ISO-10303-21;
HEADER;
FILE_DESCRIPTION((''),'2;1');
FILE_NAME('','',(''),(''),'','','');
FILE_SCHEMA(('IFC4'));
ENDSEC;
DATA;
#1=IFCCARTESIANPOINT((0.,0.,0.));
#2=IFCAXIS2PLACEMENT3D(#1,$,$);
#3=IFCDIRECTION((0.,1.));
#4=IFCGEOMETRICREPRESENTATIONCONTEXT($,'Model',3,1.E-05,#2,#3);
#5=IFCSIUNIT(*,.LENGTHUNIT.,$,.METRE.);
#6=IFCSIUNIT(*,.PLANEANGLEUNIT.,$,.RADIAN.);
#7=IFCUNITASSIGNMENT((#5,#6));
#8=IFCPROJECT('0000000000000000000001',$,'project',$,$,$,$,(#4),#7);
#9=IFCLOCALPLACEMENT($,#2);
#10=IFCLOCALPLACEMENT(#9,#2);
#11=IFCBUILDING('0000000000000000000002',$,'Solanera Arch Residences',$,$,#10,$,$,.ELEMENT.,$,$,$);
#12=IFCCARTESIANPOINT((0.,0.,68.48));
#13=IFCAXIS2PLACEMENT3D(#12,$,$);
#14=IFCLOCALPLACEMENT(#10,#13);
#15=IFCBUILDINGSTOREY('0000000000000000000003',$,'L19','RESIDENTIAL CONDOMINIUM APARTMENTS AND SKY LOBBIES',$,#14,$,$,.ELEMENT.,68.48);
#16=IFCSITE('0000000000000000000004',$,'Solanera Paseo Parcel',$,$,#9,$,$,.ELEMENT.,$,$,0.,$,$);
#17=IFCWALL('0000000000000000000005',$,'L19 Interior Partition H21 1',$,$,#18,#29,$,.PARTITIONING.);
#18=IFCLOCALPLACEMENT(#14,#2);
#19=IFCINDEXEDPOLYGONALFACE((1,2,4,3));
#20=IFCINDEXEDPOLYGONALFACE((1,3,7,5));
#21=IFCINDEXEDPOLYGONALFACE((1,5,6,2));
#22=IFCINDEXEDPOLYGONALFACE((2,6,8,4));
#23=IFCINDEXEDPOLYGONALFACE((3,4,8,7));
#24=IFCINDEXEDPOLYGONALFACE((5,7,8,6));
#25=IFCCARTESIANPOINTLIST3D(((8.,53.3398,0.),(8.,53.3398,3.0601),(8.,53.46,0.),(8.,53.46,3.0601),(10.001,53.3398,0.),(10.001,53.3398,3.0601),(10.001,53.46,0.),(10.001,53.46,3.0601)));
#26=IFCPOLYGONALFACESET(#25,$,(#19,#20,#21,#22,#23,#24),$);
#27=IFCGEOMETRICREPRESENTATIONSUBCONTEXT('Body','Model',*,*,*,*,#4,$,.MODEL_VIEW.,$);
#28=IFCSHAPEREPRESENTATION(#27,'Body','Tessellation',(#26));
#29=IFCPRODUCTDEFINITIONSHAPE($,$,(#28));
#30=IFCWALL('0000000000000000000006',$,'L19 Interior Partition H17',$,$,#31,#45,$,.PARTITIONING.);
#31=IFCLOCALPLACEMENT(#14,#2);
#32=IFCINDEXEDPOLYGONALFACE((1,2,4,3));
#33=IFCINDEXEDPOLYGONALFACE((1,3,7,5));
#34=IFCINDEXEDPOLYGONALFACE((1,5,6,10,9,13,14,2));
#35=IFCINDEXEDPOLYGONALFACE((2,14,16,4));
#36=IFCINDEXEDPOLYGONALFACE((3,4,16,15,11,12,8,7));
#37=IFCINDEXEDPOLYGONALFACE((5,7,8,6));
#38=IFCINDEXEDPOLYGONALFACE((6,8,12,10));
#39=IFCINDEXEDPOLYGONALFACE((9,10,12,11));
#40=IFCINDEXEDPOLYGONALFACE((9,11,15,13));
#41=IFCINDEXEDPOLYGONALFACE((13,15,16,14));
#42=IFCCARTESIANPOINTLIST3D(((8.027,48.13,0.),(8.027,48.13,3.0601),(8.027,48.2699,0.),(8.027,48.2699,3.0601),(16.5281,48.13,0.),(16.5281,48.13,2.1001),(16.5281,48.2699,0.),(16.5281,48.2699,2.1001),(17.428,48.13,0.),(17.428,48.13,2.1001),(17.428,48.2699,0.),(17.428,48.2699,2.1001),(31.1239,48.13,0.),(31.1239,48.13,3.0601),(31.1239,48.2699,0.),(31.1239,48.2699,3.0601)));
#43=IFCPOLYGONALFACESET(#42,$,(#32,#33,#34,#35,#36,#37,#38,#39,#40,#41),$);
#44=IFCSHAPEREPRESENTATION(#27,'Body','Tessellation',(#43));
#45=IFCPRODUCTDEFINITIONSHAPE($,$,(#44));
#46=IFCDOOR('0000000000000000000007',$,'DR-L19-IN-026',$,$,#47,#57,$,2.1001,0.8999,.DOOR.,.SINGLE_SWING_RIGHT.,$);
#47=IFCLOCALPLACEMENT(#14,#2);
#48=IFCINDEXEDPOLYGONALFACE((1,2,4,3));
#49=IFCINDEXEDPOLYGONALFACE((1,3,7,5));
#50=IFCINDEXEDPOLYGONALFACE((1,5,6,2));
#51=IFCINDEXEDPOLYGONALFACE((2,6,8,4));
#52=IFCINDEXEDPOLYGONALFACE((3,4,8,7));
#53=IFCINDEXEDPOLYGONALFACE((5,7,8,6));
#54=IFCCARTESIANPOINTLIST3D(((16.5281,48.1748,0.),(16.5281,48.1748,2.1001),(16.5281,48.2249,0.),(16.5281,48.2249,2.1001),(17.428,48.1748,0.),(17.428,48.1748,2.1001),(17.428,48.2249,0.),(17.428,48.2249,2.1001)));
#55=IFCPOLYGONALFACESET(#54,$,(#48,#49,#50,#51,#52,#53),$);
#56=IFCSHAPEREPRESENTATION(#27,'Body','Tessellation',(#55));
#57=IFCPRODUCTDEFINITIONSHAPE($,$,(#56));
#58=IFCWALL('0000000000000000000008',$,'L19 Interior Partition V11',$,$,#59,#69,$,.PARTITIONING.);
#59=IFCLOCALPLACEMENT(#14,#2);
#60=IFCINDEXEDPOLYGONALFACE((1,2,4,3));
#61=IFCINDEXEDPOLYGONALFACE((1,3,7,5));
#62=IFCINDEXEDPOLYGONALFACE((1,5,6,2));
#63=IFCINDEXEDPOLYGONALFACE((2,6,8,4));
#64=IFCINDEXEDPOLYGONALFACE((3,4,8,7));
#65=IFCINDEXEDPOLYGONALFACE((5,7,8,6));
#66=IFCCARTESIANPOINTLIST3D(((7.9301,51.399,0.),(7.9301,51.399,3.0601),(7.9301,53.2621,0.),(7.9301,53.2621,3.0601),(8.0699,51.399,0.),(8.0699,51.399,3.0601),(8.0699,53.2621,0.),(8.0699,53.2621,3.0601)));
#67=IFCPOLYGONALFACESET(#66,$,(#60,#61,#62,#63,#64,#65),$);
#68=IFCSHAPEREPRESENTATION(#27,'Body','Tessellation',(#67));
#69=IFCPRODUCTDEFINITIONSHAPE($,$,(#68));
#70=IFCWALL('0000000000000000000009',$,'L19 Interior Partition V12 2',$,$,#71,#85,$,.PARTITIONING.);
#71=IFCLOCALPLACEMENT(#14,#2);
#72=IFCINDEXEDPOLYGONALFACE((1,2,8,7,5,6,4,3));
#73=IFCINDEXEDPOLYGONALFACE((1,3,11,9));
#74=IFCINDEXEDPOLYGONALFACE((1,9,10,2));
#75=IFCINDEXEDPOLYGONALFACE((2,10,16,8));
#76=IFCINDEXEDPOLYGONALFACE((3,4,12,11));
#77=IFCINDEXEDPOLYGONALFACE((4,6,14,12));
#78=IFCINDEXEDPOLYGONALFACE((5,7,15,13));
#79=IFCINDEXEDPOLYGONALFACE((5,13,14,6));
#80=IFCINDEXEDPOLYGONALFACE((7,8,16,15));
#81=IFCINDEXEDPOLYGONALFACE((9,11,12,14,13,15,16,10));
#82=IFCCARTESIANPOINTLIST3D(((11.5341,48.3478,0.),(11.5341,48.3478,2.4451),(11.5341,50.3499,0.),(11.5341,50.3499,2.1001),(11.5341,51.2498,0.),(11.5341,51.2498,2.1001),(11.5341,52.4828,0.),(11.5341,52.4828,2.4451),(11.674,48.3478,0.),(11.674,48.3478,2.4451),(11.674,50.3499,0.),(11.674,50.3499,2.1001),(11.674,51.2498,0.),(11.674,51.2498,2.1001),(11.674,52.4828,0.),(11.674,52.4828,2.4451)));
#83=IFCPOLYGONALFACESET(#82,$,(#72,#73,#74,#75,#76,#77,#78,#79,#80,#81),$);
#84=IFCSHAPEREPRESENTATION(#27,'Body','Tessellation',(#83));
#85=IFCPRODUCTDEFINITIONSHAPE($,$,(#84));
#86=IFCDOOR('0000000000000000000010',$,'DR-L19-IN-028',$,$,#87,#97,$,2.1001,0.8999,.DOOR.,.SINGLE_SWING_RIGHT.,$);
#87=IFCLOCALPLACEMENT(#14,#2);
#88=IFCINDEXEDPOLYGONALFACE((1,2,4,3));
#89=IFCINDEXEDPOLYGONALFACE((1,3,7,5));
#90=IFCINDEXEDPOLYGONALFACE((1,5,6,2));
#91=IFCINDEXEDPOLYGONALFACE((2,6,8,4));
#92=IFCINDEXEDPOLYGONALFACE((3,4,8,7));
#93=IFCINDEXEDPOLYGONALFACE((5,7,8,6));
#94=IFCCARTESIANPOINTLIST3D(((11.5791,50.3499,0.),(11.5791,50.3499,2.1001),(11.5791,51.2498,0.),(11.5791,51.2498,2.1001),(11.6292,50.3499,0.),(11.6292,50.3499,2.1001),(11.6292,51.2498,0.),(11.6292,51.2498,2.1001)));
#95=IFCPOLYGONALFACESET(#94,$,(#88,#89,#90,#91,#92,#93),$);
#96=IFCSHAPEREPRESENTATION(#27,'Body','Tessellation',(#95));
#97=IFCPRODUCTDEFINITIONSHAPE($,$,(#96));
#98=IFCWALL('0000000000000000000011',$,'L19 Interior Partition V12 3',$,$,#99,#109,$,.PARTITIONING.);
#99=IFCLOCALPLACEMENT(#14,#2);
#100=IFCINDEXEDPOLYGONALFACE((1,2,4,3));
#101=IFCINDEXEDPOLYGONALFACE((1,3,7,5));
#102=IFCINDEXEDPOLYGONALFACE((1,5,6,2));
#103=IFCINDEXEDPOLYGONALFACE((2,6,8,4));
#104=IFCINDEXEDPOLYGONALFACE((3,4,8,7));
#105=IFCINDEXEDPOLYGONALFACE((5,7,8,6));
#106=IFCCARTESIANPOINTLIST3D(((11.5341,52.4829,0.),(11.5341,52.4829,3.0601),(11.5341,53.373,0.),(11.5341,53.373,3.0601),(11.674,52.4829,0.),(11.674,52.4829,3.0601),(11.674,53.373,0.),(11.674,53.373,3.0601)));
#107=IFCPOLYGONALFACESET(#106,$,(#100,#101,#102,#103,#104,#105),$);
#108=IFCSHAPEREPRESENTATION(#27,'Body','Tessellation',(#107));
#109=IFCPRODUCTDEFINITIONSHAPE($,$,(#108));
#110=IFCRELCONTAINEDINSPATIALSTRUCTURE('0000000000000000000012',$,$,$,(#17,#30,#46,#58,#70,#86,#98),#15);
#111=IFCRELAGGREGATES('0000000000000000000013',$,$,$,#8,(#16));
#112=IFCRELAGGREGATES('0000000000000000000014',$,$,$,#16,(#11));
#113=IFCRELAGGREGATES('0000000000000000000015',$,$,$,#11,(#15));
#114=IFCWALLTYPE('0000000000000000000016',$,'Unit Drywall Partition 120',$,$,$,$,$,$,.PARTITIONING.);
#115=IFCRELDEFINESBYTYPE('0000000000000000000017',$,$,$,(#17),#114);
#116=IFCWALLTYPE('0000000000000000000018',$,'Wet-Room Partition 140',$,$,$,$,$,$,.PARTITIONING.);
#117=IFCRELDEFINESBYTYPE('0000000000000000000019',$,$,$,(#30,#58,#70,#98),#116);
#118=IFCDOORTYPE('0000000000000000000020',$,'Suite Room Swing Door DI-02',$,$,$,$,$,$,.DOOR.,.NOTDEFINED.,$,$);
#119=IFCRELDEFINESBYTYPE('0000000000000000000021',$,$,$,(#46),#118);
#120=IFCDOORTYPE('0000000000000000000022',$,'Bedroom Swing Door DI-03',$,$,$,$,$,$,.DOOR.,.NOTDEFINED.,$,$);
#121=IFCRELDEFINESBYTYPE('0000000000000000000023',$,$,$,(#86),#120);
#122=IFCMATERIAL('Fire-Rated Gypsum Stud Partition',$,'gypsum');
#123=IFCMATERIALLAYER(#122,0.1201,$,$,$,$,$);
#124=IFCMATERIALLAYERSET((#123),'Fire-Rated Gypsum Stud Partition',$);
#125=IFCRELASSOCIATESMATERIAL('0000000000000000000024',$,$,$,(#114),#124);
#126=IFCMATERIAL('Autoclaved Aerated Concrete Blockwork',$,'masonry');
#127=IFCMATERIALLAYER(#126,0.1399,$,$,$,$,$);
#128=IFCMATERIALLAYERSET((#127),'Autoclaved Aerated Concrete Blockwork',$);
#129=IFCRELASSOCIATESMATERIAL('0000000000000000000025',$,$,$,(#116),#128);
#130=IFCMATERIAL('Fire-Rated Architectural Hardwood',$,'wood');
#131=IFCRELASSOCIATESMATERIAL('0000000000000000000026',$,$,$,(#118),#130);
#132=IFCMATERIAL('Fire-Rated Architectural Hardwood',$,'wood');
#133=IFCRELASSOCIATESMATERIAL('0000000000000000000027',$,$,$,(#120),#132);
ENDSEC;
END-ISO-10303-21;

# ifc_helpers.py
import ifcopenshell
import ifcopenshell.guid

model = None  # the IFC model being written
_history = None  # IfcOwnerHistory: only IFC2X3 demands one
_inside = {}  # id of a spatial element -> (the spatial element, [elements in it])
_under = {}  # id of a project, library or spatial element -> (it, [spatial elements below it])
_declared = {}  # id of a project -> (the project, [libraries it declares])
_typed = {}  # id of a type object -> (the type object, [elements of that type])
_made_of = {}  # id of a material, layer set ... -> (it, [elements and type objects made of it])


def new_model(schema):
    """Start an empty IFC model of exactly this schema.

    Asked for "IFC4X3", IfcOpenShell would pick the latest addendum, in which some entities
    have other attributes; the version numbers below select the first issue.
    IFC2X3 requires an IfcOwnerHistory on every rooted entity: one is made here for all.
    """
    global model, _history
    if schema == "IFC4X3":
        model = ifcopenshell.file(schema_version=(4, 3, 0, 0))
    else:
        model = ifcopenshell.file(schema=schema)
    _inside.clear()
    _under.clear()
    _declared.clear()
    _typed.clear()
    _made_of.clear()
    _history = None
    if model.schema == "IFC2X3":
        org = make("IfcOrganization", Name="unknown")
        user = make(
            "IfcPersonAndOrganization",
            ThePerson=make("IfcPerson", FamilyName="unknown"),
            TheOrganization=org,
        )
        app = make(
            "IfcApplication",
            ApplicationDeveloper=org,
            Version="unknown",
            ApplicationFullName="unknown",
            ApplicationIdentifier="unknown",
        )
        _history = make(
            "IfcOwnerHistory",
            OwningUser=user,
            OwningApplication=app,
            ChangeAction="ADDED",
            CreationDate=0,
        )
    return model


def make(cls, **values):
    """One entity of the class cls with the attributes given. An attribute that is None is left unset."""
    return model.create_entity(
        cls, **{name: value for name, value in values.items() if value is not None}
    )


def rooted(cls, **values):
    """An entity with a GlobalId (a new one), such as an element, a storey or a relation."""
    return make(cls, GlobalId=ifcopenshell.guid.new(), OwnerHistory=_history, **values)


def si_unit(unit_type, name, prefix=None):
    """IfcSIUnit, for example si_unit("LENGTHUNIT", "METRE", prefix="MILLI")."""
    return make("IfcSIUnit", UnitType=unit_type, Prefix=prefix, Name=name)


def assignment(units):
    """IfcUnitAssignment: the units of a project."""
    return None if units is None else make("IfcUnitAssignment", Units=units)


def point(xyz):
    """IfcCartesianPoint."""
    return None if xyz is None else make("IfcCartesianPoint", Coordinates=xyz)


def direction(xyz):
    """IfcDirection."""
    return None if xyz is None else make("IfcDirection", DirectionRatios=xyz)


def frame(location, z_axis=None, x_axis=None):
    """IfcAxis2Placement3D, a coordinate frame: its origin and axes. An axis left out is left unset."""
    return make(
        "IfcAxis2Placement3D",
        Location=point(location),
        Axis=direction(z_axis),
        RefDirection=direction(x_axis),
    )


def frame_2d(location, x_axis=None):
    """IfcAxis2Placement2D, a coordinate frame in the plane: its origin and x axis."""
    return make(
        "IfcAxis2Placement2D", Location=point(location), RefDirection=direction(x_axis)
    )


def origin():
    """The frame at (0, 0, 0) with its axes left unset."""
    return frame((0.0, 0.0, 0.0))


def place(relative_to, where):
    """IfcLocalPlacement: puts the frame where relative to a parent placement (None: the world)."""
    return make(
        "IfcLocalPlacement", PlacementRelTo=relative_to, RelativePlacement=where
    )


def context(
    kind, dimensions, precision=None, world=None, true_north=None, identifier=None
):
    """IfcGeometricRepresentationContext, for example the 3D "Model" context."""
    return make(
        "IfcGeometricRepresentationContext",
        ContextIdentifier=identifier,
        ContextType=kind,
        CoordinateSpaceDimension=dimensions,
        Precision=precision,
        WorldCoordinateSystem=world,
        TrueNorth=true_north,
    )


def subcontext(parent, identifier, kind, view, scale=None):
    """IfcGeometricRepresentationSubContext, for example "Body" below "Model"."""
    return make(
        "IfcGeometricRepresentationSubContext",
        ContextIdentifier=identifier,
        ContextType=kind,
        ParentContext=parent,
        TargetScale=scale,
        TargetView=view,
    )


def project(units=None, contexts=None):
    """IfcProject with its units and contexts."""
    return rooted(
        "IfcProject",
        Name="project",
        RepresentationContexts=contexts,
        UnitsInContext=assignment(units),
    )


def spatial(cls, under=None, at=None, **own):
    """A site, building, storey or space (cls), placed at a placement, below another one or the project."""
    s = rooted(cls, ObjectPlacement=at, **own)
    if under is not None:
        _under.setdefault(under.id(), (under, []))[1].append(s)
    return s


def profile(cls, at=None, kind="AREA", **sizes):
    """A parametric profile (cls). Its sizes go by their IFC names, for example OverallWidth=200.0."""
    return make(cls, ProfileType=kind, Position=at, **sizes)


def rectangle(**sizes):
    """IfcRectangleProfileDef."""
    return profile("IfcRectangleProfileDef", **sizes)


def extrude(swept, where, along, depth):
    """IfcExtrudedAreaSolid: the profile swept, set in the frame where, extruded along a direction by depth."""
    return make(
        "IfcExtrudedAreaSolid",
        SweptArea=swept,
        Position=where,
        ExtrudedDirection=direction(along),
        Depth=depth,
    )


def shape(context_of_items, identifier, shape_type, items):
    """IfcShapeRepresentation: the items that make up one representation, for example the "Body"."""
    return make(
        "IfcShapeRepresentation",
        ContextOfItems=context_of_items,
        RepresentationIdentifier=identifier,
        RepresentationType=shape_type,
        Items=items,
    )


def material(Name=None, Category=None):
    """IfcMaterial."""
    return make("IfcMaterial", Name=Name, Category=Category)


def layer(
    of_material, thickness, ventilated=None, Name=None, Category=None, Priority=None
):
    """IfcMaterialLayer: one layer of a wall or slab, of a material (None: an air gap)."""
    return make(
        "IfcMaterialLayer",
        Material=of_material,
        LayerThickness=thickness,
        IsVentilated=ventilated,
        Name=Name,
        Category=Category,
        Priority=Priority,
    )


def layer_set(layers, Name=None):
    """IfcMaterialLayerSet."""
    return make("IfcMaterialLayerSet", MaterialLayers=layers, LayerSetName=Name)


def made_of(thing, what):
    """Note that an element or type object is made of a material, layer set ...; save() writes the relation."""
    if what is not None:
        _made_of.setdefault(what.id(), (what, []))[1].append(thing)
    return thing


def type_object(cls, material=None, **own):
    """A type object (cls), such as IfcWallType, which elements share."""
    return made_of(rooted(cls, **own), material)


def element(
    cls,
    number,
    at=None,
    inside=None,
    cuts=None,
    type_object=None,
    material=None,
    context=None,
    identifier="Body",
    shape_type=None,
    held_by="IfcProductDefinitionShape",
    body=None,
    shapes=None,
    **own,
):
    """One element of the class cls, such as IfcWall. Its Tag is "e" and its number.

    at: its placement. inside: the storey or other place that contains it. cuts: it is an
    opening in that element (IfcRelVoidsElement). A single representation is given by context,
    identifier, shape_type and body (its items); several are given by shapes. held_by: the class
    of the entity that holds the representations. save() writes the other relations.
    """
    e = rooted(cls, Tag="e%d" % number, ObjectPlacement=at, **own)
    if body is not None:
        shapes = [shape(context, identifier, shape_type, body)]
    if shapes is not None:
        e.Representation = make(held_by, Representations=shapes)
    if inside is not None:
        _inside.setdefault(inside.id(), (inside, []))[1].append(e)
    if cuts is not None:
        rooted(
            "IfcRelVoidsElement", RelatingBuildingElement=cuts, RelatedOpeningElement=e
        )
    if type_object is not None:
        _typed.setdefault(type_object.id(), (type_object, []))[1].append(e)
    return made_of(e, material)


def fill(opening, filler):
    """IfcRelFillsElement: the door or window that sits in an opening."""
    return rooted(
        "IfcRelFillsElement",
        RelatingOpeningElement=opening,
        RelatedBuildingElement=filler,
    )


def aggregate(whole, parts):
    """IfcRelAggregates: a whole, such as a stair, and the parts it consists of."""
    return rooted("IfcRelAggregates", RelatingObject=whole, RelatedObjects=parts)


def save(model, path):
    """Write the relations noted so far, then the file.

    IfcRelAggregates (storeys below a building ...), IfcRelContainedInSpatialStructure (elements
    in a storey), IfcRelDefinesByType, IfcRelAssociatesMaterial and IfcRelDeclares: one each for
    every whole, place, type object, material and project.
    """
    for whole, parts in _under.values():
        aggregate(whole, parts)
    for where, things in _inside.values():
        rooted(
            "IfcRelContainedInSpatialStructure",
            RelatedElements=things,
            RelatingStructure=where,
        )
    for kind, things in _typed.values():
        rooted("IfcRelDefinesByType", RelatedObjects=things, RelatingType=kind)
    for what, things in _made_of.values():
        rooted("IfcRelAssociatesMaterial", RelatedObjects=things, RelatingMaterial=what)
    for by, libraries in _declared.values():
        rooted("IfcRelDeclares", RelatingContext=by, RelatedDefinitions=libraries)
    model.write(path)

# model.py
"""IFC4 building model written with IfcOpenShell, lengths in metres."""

from ifc_helpers import new_model, si_unit, direction, frame, frame_2d, origin, place, context, subcontext, project, spatial, rectangle, extrude, material, layer, layer_set, type_object, element, fill, save


model = new_model("IFC4")

# Units and contexts
model_context = context("Model", 3, precision=1e-05, world=origin(), true_north=direction((0.0, 1.0)))
body_context = subcontext(model_context, "Body", "Model", "MODEL_VIEW")
ifc_project = project(units=[si_unit("LENGTHUNIT", "METRE"), si_unit("PLANEANGLEUNIT", "RADIAN")], contexts=[model_context])

# Site, building, storey
site_placement = place(None, origin())
site = spatial("IfcSite", under=ifc_project, at=site_placement, Name="Solanera Paseo Parcel", CompositionType="ELEMENT", RefElevation=0.0)
building_placement = place(site_placement, origin())
building = spatial("IfcBuilding", under=site, at=building_placement, Name="Solanera Arch Residences", CompositionType="ELEMENT")
storey_placement = place(building_placement, frame((0.0, 0.0, 68.48)))
storey = spatial("IfcBuildingStorey", under=building, at=storey_placement, Name="L19", Description="RESIDENTIAL CONDOMINIUM APARTMENTS AND SKY LOBBIES", CompositionType="ELEMENT", Elevation=68.48)

# Wall
ifc_material_1 = material(Name="Fire-Rated Gypsum Stud Partition", Category="gypsum")
ifc_layer_1 = layer(ifc_material_1, 0.1201)
ifc_layer_set_1 = layer_set([ifc_layer_1], Name="Fire-Rated Gypsum Stud Partition")
wall_type_1 = type_object("IfcWallType", Name="Unit Drywall Partition 120", PredefinedType="PARTITIONING", material=ifc_layer_set_1)
wall_1_placement = place(storey_placement, frame((8.0, 53.3999, 0.0), z_axis=(0.0, 0.0, 1.0), x_axis=(1.0, 0.0, 0.0)))
element("IfcWall", 1, at=wall_1_placement, inside=storey, type_object=wall_type_1, Name="L19 Interior Partition H21 1", PredefinedType="PARTITIONING", context=body_context, shape_type="SweptSolid", body=[
    extrude(rectangle(XDim=2.001, YDim=0.1201, at=frame_2d((1.0005, 0.0))), origin(), (0.0, 0.0, 1.0), 3.0601),
])

# Wall, opening, door
ifc_material_2 = material(Name="Autoclaved Aerated Concrete Blockwork", Category="masonry")
ifc_layer_2 = layer(ifc_material_2, 0.1399)
ifc_layer_set_2 = layer_set([ifc_layer_2], Name="Autoclaved Aerated Concrete Blockwork")
wall_type_2 = type_object("IfcWallType", Name="Wet-Room Partition 140", PredefinedType="PARTITIONING", material=ifc_layer_set_2)
wall_2_placement = place(storey_placement, frame((8.0271, 48.2, 0.0), z_axis=(0.0, 0.0, 1.0), x_axis=(1.0, 0.0, 0.0)))
wall_2 = element("IfcWall", 2, at=wall_2_placement, inside=storey, type_object=wall_type_2, Name="L19 Interior Partition H17", PredefinedType="PARTITIONING", context=body_context, shape_type="SweptSolid", body=[
    extrude(rectangle(XDim=23.0969, YDim=0.1399, at=frame_2d((11.5483, 0.0))), origin(), (0.0, 0.0, 1.0), 3.0601),
])
opening_1_placement = place(wall_2_placement, frame((8.501, 0.0, 0.0)))
opening_1 = element("IfcOpeningElement", 3, at=opening_1_placement, cuts=wall_2, PredefinedType="OPENING", context=body_context, shape_type="SweptSolid", body=[
    extrude(rectangle(XDim=0.8999, YDim=2.1001, at=frame_2d((0.45, 1.05))), frame((0.0, 0.0798, 0.0), z_axis=(0.0, -1.0, 0.0), x_axis=(1.0, 0.0, 0.0)), (0.0, 0.0, 1.0), 0.1599),
])
ifc_material_3 = material(Name="Fire-Rated Architectural Hardwood", Category="wood")
door_type_1 = type_object("IfcDoorType", Name="Suite Room Swing Door DI-02", OperationType="NOTDEFINED", PredefinedType="DOOR", material=ifc_material_3)
door_1_placement = place(opening_1_placement, origin())
door_1 = element("IfcDoor", 4, at=door_1_placement, inside=storey, type_object=door_type_1, Name="DR-L19-IN-026", OperationType="SINGLE_SWING_RIGHT", OverallHeight=2.1001, OverallWidth=0.8999, PredefinedType="DOOR", context=body_context, shape_type="SweptSolid", body=[
    extrude(rectangle(XDim=0.8999, YDim=2.1001, at=frame_2d((0.45, 1.05))), frame((0.0, 0.0249, 0.0), z_axis=(0.0, -1.0, 0.0), x_axis=(1.0, 0.0, 0.0)), (0.0, 0.0, 1.0), 0.05),
])
fill(opening_1, door_1)

# Wall
wall_3_placement = place(storey_placement, frame((8.0, 51.3989, 0.0), z_axis=(0.0, 0.0, 1.0), x_axis=(0.0, 1.0, 0.0)))
element("IfcWall", 5, at=wall_3_placement, inside=storey, type_object=wall_type_2, Name="L19 Interior Partition V11", PredefinedType="PARTITIONING", context=body_context, shape_type="SweptSolid", body=[
    extrude(rectangle(XDim=1.863, YDim=0.1399, at=frame_2d((0.9316, 0.0))), origin(), (0.0, 0.0, 1.0), 3.0601),
])

# Wall, opening, door
wall_4_placement = place(storey_placement, frame((11.604, 48.3479, 0.0), z_axis=(0.0, 0.0, 1.0), x_axis=(0.0, 1.0, 0.0)))
wall_4 = element("IfcWall", 6, at=wall_4_placement, inside=storey, type_object=wall_type_2, Name="L19 Interior Partition V12 2", PredefinedType="PARTITIONING", context=body_context, shape_type="SweptSolid", body=[
    extrude(rectangle(XDim=4.135, YDim=0.1399, at=frame_2d((2.0674, 0.0))), origin(), (0.0, 0.0, 1.0), 2.4451),
])
opening_2_placement = place(wall_4_placement, frame((2.002, 0.0, 0.0)))
opening_2 = element("IfcOpeningElement", 7, at=opening_2_placement, cuts=wall_4, PredefinedType="OPENING", context=body_context, shape_type="SweptSolid", body=[
    extrude(rectangle(XDim=0.8999, YDim=2.1001, at=frame_2d((0.45, 1.05))), frame((0.0, 0.0798, 0.0), z_axis=(0.0, -1.0, 0.0), x_axis=(1.0, 0.0, 0.0)), (0.0, 0.0, 1.0), 0.1599),
])
ifc_material_4 = material(Name="Fire-Rated Architectural Hardwood", Category="wood")
door_type_2 = type_object("IfcDoorType", Name="Bedroom Swing Door DI-03", OperationType="NOTDEFINED", PredefinedType="DOOR", material=ifc_material_4)
door_2_placement = place(opening_2_placement, origin())
door_2 = element("IfcDoor", 8, at=door_2_placement, inside=storey, type_object=door_type_2, Name="DR-L19-IN-028", OperationType="SINGLE_SWING_RIGHT", OverallHeight=2.1001, OverallWidth=0.8999, PredefinedType="DOOR", context=body_context, shape_type="SweptSolid", body=[
    extrude(rectangle(XDim=0.8999, YDim=2.1001, at=frame_2d((0.45, 1.05))), frame((0.0, 0.0249, 0.0), z_axis=(0.0, -1.0, 0.0), x_axis=(1.0, 0.0, 0.0)), (0.0, 0.0, 1.0), 0.05),
])
fill(opening_2, door_2)

# Wall
wall_5_placement = place(storey_placement, frame((11.604, 52.4829, 0.0), z_axis=(0.0, 0.0, 1.0), x_axis=(0.0, 1.0, 0.0)))
element("IfcWall", 9, at=wall_5_placement, inside=storey, type_object=wall_type_2, Name="L19 Interior Partition V12 3", PredefinedType="PARTITIONING", context=body_context, shape_type="SweptSolid", body=[
    extrude(rectangle(XDim=0.8901, YDim=0.1399, at=frame_2d((0.4451, 0.0))), origin(), (0.0, 0.0, 1.0), 3.0601),
])

save(model, "model.ifc")
